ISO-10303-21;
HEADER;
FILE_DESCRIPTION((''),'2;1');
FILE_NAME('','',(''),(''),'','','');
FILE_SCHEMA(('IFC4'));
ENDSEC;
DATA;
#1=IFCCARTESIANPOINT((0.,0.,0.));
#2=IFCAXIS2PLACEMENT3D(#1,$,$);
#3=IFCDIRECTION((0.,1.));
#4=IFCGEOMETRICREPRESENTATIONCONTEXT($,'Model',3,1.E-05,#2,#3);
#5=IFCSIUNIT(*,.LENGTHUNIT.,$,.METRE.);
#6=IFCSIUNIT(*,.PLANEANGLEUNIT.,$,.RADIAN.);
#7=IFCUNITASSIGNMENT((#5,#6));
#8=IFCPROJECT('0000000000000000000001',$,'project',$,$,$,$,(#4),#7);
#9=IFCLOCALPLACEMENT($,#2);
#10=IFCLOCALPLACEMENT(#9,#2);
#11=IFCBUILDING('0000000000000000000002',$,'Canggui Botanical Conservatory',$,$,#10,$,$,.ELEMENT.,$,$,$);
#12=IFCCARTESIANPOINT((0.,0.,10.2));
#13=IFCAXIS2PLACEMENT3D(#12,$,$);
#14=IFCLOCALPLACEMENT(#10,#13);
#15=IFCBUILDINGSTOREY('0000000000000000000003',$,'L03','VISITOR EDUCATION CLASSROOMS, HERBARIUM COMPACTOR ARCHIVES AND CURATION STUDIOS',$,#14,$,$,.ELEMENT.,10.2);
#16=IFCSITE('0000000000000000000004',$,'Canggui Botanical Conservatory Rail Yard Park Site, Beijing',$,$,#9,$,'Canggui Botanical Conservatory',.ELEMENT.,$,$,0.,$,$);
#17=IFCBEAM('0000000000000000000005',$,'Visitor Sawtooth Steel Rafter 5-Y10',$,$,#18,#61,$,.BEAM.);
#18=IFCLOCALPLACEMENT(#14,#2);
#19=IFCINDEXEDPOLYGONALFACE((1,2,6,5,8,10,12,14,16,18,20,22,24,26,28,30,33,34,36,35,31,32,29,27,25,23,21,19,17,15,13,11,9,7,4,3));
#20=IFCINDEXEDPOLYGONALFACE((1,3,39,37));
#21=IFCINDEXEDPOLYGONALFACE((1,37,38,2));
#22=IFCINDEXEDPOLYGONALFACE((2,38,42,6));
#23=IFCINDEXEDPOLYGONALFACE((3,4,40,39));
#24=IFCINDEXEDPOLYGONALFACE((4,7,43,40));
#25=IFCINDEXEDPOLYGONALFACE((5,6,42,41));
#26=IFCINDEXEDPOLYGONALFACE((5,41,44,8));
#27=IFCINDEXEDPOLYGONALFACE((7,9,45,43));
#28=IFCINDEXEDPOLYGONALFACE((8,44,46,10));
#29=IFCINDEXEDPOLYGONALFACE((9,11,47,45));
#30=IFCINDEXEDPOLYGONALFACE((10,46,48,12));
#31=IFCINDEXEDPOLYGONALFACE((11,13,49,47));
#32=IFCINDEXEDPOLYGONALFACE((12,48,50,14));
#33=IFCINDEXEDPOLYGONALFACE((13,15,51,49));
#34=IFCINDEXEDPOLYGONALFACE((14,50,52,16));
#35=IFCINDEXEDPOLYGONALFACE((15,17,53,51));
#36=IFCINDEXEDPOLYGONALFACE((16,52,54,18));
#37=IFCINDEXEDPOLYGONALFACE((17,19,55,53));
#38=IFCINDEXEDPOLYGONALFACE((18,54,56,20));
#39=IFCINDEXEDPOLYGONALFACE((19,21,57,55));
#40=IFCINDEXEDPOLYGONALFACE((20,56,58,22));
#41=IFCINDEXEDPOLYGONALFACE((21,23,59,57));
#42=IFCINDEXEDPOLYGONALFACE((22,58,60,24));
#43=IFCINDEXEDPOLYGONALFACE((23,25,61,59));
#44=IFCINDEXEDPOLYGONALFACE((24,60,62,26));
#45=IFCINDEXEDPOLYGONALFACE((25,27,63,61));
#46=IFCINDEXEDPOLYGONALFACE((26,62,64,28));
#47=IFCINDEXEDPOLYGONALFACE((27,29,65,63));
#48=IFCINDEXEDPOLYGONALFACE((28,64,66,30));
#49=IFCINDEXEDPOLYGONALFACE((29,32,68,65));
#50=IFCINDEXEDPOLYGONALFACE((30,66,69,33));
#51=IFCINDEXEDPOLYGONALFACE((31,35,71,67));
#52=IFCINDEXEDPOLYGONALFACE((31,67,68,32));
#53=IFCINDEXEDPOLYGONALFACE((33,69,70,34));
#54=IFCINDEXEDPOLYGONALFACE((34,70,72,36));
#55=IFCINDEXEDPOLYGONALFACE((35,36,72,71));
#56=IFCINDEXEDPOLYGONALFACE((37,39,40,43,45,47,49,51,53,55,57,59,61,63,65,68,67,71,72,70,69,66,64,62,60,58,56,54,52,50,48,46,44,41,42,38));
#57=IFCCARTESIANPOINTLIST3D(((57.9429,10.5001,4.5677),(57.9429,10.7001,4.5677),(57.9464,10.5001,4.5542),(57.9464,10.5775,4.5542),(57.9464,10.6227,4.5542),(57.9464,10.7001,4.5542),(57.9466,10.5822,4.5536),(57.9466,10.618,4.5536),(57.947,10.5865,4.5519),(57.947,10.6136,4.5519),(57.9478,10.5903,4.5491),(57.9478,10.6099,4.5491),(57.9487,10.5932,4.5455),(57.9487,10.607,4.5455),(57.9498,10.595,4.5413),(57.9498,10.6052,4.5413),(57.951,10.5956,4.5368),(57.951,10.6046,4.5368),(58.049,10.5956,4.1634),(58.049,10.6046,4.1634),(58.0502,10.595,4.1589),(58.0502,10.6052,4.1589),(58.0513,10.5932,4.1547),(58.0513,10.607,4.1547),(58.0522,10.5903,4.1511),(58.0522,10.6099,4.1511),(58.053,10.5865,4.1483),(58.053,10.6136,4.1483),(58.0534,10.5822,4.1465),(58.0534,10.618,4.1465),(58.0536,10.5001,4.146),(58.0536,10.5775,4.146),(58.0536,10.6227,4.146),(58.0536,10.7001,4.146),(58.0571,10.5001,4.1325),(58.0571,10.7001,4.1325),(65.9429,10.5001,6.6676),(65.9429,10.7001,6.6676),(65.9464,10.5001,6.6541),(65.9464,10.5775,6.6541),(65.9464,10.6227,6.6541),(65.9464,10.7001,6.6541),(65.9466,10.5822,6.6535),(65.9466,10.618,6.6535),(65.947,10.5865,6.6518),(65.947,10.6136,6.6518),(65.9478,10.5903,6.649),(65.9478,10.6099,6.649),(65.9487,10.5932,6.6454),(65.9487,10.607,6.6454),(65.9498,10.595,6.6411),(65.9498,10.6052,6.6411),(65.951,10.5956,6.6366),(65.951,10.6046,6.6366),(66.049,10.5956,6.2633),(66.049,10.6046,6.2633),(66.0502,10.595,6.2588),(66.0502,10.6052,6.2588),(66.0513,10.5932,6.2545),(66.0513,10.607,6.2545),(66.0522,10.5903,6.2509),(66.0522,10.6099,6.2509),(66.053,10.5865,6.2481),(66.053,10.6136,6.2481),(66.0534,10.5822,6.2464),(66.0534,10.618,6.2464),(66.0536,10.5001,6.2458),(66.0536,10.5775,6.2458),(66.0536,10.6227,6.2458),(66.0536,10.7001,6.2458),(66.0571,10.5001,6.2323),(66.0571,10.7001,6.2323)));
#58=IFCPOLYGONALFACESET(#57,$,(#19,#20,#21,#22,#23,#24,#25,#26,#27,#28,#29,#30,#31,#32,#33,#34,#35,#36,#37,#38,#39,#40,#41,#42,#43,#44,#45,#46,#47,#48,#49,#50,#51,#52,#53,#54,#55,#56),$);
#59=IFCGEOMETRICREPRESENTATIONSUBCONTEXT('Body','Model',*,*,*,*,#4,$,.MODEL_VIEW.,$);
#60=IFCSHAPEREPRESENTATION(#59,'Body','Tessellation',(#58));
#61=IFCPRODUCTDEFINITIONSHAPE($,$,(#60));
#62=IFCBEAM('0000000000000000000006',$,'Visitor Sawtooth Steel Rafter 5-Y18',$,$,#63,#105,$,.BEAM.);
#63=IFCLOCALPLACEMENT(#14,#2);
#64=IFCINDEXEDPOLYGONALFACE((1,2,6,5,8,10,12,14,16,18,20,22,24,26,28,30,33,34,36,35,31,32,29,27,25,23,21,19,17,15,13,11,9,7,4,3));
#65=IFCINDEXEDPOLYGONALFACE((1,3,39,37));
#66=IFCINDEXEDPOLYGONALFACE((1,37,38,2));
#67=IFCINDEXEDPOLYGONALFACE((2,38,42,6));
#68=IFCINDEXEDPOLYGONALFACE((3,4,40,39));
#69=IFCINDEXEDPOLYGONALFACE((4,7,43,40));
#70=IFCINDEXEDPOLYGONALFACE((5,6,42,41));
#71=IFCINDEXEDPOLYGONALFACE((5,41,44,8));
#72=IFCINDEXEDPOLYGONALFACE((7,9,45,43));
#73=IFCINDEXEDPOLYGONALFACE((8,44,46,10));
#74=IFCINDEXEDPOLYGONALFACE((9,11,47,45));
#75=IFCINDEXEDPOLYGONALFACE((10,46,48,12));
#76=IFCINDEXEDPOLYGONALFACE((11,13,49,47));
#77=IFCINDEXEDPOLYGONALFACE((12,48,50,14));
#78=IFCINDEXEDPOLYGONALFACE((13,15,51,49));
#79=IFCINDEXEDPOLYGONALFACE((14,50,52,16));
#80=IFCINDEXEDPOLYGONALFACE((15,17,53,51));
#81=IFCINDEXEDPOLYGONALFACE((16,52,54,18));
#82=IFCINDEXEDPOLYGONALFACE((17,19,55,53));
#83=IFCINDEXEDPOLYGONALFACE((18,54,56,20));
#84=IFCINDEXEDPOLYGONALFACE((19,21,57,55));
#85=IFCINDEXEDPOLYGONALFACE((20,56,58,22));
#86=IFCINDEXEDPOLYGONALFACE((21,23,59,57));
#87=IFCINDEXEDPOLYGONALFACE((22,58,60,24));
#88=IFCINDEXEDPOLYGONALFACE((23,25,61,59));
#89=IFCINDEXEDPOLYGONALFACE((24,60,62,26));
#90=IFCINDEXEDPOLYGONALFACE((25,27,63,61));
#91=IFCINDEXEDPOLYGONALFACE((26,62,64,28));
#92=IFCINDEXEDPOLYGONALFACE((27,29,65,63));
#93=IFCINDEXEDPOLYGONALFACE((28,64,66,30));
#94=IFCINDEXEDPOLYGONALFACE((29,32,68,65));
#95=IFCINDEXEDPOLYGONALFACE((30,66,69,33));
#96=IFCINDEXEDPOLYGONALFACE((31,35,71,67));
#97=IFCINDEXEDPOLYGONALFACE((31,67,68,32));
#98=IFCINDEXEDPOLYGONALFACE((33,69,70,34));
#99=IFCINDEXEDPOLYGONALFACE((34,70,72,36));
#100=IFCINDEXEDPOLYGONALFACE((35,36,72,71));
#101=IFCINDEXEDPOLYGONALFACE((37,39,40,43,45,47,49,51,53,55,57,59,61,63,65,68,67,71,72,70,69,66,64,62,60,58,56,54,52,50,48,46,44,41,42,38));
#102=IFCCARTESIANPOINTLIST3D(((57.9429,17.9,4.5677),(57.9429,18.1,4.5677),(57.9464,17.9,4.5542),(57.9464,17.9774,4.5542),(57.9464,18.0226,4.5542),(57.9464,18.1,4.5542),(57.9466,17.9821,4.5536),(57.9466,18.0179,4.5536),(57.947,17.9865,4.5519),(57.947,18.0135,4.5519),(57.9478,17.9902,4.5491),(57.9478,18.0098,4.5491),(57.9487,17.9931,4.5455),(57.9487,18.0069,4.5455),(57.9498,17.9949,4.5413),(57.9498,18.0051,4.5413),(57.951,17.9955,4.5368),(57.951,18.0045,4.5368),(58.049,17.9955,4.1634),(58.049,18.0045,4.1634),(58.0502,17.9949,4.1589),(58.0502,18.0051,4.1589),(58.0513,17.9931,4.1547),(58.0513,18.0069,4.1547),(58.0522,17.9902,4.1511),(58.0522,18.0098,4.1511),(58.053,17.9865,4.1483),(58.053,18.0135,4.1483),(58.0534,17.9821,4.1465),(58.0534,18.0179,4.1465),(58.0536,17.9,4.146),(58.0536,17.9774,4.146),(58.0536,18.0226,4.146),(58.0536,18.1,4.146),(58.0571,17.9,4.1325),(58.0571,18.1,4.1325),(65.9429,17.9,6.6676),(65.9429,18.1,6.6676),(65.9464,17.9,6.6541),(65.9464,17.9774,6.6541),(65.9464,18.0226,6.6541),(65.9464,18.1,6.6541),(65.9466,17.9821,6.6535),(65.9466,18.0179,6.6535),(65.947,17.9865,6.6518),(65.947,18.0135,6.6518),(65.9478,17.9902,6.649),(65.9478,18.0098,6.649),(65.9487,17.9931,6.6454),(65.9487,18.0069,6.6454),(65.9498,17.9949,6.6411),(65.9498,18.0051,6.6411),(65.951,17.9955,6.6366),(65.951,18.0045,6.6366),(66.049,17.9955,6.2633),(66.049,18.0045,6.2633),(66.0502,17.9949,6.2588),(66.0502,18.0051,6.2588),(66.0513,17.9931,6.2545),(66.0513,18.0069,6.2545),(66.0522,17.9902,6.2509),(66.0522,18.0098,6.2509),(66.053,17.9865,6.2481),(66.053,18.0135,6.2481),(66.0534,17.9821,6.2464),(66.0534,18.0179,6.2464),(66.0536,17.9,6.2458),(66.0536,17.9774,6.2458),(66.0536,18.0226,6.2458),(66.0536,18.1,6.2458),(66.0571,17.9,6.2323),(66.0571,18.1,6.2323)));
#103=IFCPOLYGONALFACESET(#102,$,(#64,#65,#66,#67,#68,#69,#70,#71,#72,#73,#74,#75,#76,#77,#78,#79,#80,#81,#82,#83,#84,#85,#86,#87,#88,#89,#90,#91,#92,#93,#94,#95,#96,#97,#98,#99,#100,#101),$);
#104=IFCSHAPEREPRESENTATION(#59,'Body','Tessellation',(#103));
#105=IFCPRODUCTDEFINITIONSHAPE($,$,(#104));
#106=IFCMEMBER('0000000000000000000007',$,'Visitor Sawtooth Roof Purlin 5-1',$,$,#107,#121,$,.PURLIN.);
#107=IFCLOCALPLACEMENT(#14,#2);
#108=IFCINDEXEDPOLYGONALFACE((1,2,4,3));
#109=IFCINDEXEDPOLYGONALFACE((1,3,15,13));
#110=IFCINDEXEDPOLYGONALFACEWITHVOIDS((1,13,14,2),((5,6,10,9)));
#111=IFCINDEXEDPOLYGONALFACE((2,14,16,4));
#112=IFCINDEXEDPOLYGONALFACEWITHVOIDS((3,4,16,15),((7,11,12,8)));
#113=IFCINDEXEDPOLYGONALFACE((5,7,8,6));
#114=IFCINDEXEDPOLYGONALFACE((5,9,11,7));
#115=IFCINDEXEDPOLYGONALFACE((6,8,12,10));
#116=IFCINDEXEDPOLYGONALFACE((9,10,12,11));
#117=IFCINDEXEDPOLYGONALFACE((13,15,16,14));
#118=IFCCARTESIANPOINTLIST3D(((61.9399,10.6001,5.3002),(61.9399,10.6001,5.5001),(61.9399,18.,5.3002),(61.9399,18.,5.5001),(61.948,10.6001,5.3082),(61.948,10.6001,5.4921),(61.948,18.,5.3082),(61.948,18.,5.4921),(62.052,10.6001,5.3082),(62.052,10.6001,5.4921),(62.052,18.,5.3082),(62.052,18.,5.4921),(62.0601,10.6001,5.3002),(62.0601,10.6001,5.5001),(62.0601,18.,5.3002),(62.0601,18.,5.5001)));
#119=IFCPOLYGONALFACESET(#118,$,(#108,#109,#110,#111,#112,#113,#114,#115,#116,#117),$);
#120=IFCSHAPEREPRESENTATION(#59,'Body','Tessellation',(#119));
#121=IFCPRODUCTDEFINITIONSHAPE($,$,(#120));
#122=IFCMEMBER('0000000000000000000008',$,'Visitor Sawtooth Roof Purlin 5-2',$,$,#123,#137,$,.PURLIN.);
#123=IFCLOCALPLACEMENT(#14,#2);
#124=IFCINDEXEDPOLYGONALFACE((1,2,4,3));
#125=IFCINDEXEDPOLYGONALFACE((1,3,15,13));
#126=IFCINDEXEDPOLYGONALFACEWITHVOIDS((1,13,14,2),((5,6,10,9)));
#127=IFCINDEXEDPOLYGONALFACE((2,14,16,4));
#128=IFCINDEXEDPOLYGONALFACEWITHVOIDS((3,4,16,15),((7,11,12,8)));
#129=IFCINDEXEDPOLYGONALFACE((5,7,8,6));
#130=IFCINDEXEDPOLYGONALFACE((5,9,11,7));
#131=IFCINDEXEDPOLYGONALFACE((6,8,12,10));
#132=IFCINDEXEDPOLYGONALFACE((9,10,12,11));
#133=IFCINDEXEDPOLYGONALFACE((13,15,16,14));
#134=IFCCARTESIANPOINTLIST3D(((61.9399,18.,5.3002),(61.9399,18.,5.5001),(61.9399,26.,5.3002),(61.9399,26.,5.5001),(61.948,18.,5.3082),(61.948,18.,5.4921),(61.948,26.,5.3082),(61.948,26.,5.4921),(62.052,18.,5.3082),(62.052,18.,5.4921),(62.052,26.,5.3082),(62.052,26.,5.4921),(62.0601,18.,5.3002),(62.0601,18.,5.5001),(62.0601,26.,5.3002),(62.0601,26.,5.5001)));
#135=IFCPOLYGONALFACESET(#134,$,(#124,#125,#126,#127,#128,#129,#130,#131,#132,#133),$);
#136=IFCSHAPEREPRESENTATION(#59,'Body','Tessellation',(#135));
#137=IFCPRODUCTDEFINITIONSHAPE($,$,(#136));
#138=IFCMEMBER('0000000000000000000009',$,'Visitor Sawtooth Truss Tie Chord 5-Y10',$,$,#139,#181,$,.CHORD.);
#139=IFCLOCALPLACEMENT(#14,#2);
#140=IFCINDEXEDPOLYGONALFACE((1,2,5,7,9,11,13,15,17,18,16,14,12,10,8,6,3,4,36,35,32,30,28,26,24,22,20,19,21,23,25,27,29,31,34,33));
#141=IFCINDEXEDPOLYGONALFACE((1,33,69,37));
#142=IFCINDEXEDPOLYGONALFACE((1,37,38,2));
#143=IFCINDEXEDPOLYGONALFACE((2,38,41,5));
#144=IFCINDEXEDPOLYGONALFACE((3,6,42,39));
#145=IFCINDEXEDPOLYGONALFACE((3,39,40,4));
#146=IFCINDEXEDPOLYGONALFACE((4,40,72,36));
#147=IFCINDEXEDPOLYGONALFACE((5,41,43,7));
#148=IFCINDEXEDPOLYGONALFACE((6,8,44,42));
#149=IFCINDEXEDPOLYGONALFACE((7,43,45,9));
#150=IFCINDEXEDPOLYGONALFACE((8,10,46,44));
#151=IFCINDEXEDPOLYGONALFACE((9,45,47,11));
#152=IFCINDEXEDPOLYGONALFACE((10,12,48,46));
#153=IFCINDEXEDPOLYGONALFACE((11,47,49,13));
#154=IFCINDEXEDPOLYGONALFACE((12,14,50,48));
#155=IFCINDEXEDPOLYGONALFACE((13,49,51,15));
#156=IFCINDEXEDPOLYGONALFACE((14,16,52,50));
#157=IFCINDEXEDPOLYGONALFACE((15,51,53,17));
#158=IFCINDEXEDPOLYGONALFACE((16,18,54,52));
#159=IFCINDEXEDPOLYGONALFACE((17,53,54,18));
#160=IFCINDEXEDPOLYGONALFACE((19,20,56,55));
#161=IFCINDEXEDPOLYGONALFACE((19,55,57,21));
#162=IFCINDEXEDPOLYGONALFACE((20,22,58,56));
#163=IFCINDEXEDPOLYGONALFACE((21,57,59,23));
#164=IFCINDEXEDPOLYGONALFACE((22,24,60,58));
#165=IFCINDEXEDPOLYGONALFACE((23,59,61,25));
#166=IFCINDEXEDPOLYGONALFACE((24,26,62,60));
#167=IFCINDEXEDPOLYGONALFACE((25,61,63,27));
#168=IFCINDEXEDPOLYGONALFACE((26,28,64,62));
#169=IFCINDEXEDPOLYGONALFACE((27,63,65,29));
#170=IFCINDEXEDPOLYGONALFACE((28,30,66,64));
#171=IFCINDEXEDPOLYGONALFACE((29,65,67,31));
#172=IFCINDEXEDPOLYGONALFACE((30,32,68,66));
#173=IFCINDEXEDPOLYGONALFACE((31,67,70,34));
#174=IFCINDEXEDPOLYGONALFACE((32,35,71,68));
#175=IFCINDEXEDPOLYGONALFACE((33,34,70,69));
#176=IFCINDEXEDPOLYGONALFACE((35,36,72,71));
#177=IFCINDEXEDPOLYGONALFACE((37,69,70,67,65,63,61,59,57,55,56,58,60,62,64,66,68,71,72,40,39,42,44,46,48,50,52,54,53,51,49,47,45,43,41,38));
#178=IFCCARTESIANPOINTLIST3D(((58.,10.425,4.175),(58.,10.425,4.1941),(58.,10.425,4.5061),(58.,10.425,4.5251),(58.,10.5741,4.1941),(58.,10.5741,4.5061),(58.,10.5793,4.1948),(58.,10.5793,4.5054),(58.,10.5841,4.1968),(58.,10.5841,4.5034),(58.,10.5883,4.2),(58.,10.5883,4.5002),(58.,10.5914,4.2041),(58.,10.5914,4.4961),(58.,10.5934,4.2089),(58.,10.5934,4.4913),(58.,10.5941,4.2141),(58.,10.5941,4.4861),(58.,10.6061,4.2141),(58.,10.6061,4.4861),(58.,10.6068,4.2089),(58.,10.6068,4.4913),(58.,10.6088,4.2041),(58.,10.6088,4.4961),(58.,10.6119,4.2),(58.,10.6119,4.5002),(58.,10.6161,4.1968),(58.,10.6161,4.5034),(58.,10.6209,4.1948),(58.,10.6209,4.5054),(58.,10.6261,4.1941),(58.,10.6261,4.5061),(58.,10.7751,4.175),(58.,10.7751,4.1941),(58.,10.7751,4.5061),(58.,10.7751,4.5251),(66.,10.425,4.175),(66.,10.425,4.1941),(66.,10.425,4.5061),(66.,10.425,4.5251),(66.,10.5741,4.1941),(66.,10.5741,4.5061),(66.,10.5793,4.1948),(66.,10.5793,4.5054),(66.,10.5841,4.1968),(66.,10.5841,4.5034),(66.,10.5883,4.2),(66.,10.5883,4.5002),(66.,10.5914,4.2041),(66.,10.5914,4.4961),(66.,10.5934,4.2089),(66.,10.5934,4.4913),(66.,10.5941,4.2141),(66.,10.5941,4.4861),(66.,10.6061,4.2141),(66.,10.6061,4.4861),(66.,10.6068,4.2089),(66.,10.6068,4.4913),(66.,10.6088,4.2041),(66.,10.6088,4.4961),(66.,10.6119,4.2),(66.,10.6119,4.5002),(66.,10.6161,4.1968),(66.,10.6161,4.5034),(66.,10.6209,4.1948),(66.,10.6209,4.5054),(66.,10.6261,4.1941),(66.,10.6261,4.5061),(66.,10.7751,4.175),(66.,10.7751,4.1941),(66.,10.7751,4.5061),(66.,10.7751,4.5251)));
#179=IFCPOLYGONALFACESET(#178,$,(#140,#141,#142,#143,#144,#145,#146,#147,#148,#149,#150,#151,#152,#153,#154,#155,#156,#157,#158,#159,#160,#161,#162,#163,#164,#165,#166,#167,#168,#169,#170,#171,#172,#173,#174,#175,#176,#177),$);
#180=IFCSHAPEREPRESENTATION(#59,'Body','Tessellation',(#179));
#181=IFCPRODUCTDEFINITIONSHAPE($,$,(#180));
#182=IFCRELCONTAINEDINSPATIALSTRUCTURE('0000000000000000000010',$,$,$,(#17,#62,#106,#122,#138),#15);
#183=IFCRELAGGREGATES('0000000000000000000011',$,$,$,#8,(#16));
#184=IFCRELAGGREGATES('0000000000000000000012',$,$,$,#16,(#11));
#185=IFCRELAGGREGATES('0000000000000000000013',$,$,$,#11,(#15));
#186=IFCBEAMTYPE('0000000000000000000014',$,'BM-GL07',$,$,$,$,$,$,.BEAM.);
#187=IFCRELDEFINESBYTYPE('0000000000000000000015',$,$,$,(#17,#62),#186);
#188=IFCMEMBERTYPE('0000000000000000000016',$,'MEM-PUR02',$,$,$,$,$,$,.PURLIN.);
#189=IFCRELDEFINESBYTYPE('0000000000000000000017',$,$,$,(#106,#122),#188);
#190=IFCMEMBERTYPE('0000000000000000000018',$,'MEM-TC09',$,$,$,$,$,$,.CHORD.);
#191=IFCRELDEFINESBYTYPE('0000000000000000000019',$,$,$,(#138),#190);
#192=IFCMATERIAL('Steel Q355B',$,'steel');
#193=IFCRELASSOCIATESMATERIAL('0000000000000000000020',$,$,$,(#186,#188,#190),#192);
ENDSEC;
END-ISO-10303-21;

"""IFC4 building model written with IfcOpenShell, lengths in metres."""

from ifc_helpers import new_model, si_unit, direction, frame, origin, origin_2d, place, context, subcontext, project, spatial, hollow_rectangle, i_section, extrude, material, material_profile, profile_set, type_object, element, save


model = new_model("IFC4")

# Units and contexts
model_context = context("Model", 3, precision=1e-05, world=origin(), true_north=direction((0.0, 1.0)))
body_context = subcontext(model_context, "Body", "Model", "MODEL_VIEW")
ifc_project = project(units=[si_unit("LENGTHUNIT", "METRE"), si_unit("PLANEANGLEUNIT", "RADIAN")], contexts=[model_context])

# Site, building, storey
site_placement = place(None, origin())
site = spatial("IfcSite", under=ifc_project, at=site_placement, Name="Canggui Botanical Conservatory Rail Yard Park Site, Beijing", LongName="Canggui Botanical Conservatory", CompositionType="ELEMENT", RefElevation=0.0)
building_placement = place(site_placement, origin())
building = spatial("IfcBuilding", under=site, at=building_placement, Name="Canggui Botanical Conservatory", CompositionType="ELEMENT")
storey_placement = place(building_placement, frame((0.0, 0.0, 10.2)))
storey = spatial("IfcBuildingStorey", under=building, at=storey_placement, Name="L03", Description="VISITOR EDUCATION CLASSROOMS, HERBARIUM COMPACTOR ARCHIVES AND CURATION STUDIOS", CompositionType="ELEMENT", Elevation=10.2)

# Beams
ifc_material_1 = material(Name="Steel Q355B", Category="steel")
ifc_material_profile_1 = material_profile(ifc_material_1, i_section(OverallWidth=0.2, OverallDepth=0.45, WebThickness=0.009, FlangeThickness=0.0139, FilletRadius=0.0181, at=origin_2d()), Name="HN 450x200x9x14")
ifc_profile_set_1 = profile_set([ifc_material_profile_1], Name="Steel Q355B")
beam_type_1 = type_object("IfcBeamType", Name="BM-GL07", PredefinedType="BEAM", material=ifc_profile_set_1)
for number, where, z_axis, x_axis, name in (
    (1, (58.0, 10.6001, 4.3501), (0.967235, 0.0, 0.253882), (0.0, 1.0, 0.0), "Visitor Sawtooth Steel Rafter 5-Y10"),
    (2, (58.0, 18.0, 4.3501), (0.967235, 0.0, 0.253882), (0.0, 1.0, 0.0), "Visitor Sawtooth Steel Rafter 5-Y18"),
):
    element("IfcBeam", number, at=place(storey_placement, frame(where, z_axis=z_axis, x_axis=x_axis)), inside=storey, type_object=beam_type_1, Name=name, PredefinedType="BEAM", context=body_context, shape_type="SweptSolid", body=[
        extrude(i_section(OverallWidth=0.2, OverallDepth=0.45, WebThickness=0.009, FlangeThickness=0.0139, FilletRadius=0.0181, at=origin_2d()), origin(), (0.0, 0.0, 1.0), 8.271),
    ])

# Members
ifc_material_profile_2 = material_profile(ifc_material_1, hollow_rectangle(XDim=0.1201, YDim=0.2, WallThickness=0.0081, at=origin_2d()), Name="RHS 120x200x8")
ifc_profile_set_2 = profile_set([ifc_material_profile_2], Name="Steel Q355B")
member_type_1 = type_object("IfcMemberType", Name="MEM-PUR02", PredefinedType="PURLIN", material=ifc_profile_set_2)
member_1_placement = place(storey_placement, frame((62.0, 10.6001, 5.4001), z_axis=(0.0, 1.0, 0.0), x_axis=(-1.0, 0.0, 0.0)))
element("IfcMember", 3, at=member_1_placement, inside=storey, type_object=member_type_1, Name="Visitor Sawtooth Roof Purlin 5-1", PredefinedType="PURLIN", context=body_context, shape_type="SweptSolid", body=[
    extrude(hollow_rectangle(XDim=0.1201, YDim=0.2, WallThickness=0.0081, at=origin_2d()), origin(), (0.0, 0.0, 1.0), 7.3999),
])
member_2_placement = place(storey_placement, frame((62.0, 18.0, 5.4001), z_axis=(0.0, 1.0, 0.0), x_axis=(-1.0, 0.0, 0.0)))
element("IfcMember", 4, at=member_2_placement, inside=storey, type_object=member_type_1, Name="Visitor Sawtooth Roof Purlin 5-2", PredefinedType="PURLIN", context=body_context, shape_type="SweptSolid", body=[
    extrude(hollow_rectangle(XDim=0.1201, YDim=0.2, WallThickness=0.0081, at=origin_2d()), origin(), (0.0, 0.0, 1.0), 8.0),
])
ifc_material_profile_3 = material_profile(ifc_material_1, i_section(OverallWidth=0.3501, OverallDepth=0.3501, WebThickness=0.012, FlangeThickness=0.019, FilletRadius=0.02, at=origin_2d()), Name="HW 350x350x12x19")
ifc_profile_set_3 = profile_set([ifc_material_profile_3], Name="Steel Q355B")
member_type_2 = type_object("IfcMemberType", Name="MEM-TC09", PredefinedType="CHORD", material=ifc_profile_set_3)
for number, where, z_axis, x_axis, name in (
    (5, (58.0, 10.6001, 4.3501), (1.0, 0.0, 0.0), (0.0, 1.0, 0.0), "Visitor Sawtooth Truss Tie Chord 5-Y10"),
):
    element("IfcMember", number, at=place(storey_placement, frame(where, z_axis=z_axis, x_axis=x_axis)), inside=storey, type_object=member_type_2, Name=name, PredefinedType="CHORD", context=body_context, shape_type="SweptSolid", body=[
        extrude(i_section(OverallWidth=0.3501, OverallDepth=0.3501, WebThickness=0.012, FlangeThickness=0.019, FilletRadius=0.02, at=origin_2d()), origin(), (0.0, 0.0, 1.0), 8.0),
    ])

save(model, "model.ifc")
